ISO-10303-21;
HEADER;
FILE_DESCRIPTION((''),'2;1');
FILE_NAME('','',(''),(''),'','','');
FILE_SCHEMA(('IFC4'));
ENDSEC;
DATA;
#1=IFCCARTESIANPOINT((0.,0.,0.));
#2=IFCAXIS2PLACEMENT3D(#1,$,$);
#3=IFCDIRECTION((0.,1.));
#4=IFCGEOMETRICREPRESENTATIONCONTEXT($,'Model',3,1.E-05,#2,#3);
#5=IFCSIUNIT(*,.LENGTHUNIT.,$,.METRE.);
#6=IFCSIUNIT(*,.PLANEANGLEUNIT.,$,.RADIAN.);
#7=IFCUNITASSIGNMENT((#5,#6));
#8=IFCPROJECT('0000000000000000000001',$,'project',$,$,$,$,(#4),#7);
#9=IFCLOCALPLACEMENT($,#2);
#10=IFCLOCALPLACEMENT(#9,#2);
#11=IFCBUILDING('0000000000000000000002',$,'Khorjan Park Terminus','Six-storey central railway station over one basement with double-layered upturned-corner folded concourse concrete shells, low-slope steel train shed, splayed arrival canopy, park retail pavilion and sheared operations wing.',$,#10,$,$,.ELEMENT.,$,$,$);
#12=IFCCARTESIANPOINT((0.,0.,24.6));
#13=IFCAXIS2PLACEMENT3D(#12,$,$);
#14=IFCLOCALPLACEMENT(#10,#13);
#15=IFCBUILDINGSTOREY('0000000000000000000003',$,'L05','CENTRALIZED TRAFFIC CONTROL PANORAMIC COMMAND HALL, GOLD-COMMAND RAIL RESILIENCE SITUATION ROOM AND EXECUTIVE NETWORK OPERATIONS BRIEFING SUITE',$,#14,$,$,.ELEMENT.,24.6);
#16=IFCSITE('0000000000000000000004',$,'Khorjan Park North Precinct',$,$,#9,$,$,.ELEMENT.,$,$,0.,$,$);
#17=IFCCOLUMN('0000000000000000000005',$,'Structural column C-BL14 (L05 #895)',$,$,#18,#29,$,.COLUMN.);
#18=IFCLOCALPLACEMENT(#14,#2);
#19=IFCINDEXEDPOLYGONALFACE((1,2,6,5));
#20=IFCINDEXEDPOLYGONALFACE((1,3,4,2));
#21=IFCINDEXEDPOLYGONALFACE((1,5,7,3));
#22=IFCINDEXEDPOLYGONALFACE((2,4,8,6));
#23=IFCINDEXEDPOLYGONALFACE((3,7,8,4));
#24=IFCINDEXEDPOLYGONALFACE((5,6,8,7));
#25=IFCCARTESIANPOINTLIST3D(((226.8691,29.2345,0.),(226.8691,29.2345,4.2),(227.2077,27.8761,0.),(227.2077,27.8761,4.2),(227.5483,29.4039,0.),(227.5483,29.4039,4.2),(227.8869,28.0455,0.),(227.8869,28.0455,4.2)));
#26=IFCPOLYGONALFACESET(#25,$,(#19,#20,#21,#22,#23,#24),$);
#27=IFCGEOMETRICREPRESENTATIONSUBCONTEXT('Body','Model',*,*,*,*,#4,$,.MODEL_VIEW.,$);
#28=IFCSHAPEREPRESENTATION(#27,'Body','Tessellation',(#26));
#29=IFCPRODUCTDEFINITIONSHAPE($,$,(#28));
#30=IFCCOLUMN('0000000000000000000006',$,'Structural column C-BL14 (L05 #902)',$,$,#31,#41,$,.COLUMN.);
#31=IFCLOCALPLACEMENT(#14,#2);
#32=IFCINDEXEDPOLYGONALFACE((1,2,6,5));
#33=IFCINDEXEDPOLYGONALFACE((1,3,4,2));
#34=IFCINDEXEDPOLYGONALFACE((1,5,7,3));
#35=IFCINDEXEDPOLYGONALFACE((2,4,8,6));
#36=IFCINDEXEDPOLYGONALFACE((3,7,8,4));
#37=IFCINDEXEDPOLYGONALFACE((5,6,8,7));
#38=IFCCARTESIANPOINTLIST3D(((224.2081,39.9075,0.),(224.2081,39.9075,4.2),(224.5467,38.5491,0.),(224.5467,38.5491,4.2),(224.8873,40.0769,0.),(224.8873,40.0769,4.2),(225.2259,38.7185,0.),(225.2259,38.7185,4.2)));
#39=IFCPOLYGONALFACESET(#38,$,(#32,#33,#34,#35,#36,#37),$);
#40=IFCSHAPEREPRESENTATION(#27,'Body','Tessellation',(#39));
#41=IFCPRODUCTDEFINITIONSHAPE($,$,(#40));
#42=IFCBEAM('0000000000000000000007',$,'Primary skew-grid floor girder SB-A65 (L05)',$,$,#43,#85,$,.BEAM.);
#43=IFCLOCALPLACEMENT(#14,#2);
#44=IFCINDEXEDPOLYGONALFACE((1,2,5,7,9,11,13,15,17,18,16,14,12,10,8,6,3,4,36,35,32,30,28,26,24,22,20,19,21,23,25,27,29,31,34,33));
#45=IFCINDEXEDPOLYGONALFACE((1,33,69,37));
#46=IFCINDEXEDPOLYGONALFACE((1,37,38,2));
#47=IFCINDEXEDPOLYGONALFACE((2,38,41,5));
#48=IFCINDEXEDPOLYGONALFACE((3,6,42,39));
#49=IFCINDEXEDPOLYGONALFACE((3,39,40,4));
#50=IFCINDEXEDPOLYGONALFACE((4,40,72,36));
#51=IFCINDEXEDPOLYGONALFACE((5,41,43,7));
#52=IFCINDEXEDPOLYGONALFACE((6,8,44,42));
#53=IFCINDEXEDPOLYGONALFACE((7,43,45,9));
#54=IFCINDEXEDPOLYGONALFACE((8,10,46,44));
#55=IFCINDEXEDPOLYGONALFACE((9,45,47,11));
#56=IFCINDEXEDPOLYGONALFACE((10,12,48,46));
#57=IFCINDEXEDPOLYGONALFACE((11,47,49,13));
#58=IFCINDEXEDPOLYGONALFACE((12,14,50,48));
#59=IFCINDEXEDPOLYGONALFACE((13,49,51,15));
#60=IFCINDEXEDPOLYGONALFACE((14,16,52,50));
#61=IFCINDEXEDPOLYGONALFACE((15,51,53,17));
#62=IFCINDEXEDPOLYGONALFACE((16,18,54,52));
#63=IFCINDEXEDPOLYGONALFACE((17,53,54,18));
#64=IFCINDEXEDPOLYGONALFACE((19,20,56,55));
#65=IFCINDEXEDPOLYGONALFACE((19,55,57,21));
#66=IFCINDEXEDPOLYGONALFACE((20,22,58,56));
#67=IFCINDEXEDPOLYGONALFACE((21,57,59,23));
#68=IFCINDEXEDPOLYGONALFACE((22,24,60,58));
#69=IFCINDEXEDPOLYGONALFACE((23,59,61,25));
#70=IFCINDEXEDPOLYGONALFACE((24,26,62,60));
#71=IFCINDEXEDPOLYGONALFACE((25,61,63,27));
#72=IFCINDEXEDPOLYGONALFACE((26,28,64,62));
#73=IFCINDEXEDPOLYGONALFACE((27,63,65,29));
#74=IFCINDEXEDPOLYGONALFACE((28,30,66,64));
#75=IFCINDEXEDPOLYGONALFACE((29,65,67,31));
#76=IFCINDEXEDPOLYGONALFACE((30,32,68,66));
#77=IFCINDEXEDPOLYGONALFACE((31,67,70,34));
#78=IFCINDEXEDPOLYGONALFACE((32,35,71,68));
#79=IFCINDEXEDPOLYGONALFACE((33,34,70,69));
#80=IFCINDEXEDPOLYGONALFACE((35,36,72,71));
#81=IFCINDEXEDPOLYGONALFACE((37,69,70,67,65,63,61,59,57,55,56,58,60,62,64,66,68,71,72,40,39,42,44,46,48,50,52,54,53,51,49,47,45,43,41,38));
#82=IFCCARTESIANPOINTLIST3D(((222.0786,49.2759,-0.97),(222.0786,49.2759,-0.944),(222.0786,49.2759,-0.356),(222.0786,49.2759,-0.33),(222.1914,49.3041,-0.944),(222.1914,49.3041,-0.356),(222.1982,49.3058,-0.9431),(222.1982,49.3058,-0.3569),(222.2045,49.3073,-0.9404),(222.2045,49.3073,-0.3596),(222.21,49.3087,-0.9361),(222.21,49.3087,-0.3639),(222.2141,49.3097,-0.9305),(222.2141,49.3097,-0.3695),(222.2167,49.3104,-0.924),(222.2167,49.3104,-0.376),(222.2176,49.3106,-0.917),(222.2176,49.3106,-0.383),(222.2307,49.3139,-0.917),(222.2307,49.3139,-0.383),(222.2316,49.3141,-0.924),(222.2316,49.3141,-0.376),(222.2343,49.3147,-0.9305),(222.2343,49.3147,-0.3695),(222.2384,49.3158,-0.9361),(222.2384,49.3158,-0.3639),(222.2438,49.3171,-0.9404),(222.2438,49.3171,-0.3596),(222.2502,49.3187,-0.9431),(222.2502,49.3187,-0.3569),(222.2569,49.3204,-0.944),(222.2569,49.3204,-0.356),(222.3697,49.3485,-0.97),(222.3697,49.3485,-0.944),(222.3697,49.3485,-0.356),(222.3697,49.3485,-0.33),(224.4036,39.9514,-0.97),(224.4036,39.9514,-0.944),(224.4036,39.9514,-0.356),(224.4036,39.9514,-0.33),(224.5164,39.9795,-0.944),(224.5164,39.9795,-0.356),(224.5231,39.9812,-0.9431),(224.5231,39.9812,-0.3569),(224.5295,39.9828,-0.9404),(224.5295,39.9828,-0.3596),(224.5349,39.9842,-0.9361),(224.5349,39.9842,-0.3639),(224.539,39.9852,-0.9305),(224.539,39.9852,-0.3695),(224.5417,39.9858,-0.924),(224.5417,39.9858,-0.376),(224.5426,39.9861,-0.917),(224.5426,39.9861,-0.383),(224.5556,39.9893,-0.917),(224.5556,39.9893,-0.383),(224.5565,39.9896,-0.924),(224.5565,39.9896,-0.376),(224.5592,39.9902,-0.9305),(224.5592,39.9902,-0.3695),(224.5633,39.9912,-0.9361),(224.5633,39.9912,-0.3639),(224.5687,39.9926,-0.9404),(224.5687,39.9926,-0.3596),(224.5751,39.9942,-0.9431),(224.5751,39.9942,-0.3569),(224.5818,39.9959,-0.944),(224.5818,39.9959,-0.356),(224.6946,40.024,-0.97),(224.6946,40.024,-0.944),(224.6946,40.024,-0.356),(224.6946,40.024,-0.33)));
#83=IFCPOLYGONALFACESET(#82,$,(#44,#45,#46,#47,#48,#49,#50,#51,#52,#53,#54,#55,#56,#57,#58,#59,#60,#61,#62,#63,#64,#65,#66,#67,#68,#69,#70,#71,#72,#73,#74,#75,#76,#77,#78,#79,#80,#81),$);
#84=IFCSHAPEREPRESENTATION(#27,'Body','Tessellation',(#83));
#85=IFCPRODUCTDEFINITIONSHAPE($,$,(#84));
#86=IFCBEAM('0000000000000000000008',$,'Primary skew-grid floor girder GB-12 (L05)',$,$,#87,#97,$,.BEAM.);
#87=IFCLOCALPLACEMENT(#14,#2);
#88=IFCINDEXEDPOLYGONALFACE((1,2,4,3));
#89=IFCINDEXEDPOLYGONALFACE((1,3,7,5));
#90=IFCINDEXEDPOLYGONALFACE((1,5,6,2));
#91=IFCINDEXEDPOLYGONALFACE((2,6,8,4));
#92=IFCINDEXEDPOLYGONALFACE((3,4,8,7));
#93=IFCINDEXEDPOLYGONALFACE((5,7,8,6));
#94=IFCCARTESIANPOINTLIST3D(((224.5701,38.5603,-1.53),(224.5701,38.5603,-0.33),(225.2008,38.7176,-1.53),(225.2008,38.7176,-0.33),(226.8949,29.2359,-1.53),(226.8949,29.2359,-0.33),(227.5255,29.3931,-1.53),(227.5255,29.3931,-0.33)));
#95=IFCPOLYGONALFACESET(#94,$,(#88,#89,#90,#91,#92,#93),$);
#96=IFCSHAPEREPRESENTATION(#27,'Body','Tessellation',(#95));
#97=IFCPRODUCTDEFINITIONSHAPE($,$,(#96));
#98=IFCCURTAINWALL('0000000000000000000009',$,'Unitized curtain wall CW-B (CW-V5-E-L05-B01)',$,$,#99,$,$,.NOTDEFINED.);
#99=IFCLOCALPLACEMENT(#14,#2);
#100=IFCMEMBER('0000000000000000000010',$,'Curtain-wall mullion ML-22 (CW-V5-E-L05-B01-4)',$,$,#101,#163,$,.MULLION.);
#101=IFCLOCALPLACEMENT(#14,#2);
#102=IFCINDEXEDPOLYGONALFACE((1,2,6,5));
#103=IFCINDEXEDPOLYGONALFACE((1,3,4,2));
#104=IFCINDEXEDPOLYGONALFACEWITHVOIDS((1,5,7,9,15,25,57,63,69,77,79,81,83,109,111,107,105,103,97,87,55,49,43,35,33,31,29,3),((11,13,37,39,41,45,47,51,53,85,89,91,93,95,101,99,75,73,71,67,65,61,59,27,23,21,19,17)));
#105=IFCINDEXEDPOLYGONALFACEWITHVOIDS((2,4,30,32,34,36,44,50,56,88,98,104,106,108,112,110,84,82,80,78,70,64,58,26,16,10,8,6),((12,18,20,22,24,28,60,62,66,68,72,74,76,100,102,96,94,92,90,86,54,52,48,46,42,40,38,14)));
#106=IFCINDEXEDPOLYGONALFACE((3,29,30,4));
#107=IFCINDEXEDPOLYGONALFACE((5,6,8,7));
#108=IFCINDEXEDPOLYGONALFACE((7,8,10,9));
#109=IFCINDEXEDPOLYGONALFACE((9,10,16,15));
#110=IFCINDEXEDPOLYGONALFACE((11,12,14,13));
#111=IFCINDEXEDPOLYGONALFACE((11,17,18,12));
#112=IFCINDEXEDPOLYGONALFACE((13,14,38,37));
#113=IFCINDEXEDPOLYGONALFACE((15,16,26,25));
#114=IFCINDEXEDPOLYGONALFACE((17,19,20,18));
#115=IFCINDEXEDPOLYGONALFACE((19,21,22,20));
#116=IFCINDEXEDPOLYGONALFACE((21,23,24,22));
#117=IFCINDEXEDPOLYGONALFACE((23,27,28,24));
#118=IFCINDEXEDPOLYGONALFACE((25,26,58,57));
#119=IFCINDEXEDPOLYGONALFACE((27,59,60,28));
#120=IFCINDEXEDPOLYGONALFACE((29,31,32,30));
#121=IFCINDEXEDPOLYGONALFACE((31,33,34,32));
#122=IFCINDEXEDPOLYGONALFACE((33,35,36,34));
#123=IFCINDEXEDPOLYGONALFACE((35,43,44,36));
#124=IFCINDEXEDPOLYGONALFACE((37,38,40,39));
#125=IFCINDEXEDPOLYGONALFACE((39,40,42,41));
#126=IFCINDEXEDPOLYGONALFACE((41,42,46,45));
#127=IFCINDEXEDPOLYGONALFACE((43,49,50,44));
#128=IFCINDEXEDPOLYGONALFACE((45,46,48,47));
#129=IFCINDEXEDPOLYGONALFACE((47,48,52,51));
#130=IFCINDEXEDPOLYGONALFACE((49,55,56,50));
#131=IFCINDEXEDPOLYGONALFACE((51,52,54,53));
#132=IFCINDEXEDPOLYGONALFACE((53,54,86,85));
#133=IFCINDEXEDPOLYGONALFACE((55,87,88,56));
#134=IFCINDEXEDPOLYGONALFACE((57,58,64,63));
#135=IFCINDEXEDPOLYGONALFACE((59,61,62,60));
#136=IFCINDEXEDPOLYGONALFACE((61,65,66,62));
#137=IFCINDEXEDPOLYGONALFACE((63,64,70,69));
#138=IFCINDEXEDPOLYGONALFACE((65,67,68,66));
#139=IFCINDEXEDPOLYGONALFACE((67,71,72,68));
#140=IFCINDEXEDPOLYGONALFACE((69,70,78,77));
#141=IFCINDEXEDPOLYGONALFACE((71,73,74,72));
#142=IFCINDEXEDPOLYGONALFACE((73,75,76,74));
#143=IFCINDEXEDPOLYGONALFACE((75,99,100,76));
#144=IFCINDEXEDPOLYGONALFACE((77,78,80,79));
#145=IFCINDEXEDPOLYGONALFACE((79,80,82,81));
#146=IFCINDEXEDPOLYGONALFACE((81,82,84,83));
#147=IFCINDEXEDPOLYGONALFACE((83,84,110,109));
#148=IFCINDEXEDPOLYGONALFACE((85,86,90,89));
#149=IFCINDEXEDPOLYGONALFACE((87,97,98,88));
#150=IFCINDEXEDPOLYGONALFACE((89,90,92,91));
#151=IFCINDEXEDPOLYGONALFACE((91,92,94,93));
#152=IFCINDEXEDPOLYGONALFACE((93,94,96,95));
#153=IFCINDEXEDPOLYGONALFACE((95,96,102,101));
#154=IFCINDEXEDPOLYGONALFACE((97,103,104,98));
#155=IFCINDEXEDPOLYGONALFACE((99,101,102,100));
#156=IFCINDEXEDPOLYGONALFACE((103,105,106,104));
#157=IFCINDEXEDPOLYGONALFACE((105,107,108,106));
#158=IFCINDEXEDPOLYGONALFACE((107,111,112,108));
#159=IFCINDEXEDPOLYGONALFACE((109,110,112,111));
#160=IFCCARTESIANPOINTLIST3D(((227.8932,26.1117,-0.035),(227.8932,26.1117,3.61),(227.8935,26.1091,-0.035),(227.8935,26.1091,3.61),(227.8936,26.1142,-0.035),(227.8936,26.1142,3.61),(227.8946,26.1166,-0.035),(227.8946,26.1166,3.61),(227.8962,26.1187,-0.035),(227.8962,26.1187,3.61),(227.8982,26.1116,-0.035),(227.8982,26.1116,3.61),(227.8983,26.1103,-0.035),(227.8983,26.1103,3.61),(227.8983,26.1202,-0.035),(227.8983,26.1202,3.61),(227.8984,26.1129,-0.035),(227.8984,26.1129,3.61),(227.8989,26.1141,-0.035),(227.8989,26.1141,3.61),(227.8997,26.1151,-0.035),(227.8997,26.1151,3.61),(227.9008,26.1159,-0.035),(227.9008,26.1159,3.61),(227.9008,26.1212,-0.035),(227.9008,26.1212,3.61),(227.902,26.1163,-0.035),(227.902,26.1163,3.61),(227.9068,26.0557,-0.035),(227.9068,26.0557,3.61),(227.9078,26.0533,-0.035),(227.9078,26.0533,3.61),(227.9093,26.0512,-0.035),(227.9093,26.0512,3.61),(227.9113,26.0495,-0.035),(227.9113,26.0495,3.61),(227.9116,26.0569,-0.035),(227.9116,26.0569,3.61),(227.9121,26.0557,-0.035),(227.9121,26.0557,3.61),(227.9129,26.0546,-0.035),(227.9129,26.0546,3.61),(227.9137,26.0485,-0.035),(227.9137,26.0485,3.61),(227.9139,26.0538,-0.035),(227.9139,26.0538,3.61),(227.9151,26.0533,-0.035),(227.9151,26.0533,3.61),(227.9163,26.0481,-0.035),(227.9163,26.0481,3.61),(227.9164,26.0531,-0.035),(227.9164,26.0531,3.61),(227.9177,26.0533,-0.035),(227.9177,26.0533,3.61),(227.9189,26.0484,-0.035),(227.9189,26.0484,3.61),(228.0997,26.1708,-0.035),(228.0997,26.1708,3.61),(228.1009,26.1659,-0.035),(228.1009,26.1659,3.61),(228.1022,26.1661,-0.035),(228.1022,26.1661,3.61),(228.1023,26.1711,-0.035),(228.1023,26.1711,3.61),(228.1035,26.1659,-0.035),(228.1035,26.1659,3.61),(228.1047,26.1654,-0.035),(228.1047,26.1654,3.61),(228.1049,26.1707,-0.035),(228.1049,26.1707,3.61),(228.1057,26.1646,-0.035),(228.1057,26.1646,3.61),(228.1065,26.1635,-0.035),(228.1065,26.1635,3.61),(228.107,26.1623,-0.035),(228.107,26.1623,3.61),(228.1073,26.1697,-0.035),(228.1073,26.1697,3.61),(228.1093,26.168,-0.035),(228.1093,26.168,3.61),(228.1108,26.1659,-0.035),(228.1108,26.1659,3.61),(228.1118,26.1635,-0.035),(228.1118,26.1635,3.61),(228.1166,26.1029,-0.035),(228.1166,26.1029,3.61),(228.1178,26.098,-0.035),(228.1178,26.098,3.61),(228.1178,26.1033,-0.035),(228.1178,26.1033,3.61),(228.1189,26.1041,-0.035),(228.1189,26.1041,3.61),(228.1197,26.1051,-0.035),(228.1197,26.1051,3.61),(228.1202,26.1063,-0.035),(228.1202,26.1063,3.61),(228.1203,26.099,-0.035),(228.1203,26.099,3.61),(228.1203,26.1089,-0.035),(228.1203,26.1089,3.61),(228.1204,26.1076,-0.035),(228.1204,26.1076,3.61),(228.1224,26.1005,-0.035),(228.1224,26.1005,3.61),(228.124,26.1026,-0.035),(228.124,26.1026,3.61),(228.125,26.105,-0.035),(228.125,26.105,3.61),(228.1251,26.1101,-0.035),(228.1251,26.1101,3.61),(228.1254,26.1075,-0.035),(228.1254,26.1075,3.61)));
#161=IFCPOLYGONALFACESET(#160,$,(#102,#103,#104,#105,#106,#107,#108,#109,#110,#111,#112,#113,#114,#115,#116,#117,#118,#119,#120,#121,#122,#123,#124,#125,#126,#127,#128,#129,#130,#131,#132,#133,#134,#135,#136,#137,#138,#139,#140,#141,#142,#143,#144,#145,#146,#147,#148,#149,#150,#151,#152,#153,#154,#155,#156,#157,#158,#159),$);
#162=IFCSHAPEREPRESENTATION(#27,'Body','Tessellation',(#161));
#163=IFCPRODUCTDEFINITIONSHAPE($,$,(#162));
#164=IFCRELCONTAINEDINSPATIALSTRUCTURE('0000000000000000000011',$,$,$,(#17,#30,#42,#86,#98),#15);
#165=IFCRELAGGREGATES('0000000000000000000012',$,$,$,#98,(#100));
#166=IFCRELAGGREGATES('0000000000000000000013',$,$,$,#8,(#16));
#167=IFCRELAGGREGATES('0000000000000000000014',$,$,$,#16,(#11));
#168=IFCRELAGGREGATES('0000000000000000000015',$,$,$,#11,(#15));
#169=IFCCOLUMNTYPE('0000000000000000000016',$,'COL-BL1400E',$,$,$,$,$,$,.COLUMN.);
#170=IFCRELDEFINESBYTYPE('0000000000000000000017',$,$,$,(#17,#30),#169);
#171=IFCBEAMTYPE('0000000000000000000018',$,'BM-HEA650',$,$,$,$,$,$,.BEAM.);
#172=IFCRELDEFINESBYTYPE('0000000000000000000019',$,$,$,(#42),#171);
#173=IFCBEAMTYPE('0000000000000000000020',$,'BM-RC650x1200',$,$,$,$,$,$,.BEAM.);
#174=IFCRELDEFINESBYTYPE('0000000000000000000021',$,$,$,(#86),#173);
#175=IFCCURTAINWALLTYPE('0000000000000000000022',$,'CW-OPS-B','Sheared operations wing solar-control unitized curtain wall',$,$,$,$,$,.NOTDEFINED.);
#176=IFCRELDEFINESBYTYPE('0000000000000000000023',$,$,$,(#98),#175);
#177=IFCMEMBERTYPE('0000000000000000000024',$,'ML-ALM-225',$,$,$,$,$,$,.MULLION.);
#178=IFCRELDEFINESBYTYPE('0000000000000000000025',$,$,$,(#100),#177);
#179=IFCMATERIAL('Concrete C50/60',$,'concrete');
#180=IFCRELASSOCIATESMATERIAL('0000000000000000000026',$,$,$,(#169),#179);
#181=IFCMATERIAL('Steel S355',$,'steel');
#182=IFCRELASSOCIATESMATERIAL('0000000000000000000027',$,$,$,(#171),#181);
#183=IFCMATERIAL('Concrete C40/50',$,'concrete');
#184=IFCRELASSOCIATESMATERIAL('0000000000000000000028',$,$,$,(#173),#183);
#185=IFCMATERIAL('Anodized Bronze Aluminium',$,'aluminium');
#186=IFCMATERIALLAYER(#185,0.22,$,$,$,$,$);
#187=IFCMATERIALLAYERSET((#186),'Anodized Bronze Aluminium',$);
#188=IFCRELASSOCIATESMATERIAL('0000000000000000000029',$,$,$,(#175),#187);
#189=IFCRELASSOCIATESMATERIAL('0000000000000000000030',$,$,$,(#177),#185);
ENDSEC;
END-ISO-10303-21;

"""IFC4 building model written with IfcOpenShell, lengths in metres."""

from ifc_helpers import new_model, si_unit, direction, frame, origin, origin_2d, place, context, subcontext, project, spatial, rectangle, hollow_rectangle, i_section, extrude, material, layer, layer_set, material_profile, profile_set, type_object, element, aggregate, save


model = new_model("IFC4")

# Units and contexts
model_context = context("Model", 3, precision=1e-05, world=origin(), true_north=direction((0.0, 1.0)))
body_context = subcontext(model_context, "Body", "Model", "MODEL_VIEW")
ifc_project = project(units=[si_unit("LENGTHUNIT", "METRE"), si_unit("PLANEANGLEUNIT", "RADIAN")], contexts=[model_context])

# Site, building, storey
site_placement = place(None, origin())
site = spatial("IfcSite", under=ifc_project, at=site_placement, Name="Khorjan Park North Precinct", CompositionType="ELEMENT", RefElevation=0.0)
building_placement = place(site_placement, origin())
building = spatial("IfcBuilding", under=site, at=building_placement, Name="Khorjan Park Terminus", Description="Six-storey central railway station over one basement with double-layered upturned-corner folded concourse concrete shells, low-slope steel train shed, splayed arrival canopy, park retail pavilion and sheared operations wing.", CompositionType="ELEMENT")
storey_placement = place(building_placement, frame((0.0, 0.0, 24.6)))
storey = spatial("IfcBuildingStorey", under=building, at=storey_placement, Name="L05", Description="CENTRALIZED TRAFFIC CONTROL PANORAMIC COMMAND HALL, GOLD-COMMAND RAIL RESILIENCE SITUATION ROOM AND EXECUTIVE NETWORK OPERATIONS BRIEFING SUITE", CompositionType="ELEMENT", Elevation=24.6)

# Columns
ifc_material_1 = material(Name="Concrete C50/60", Category="concrete")
ifc_material_profile_1 = material_profile(ifc_material_1, rectangle(XDim=0.7, YDim=1.4, at=origin_2d()), Name="RC 700x1400")
ifc_profile_set_1 = profile_set([ifc_material_profile_1], Name="Concrete C50/60")
column_type = type_object("IfcColumnType", Name="COL-BL1400E", PredefinedType="COLUMN", material=ifc_profile_set_1)
for number, where, z_axis, x_axis, name in (
    (1, (227.378, 28.64, 0.0), (0.0, 0.0, 1.0), (0.970296, 0.241922, 0.0), "Structural column C-BL14 (L05 #895)"),
    (2, (224.717, 39.313, 0.0), (0.0, 0.0, 1.0), (0.970296, 0.241922, 0.0), "Structural column C-BL14 (L05 #902)"),
):
    element("IfcColumn", number, at=place(storey_placement, frame(where, z_axis=z_axis, x_axis=x_axis)), inside=storey, type_object=column_type, Name=name, PredefinedType="COLUMN", context=body_context, shape_type="SweptSolid", body=[
        extrude(rectangle(XDim=0.7, YDim=1.4, at=origin_2d()), origin(), (0.0, 0.0, 1.0), 4.2),
    ])

# Beams
ifc_material_2 = material(Name="Steel S355", Category="steel")
ifc_material_profile_2 = material_profile(ifc_material_2, i_section(OverallWidth=0.3, OverallDepth=0.64, WebThickness=0.0135, FlangeThickness=0.026, FilletRadius=0.027, at=origin_2d()), Name="HEA 650")
ifc_profile_set_2 = profile_set([ifc_material_profile_2], Name="Steel S355")
beam_type_1 = type_object("IfcBeamType", Name="BM-HEA650", PredefinedType="BEAM", material=ifc_profile_set_2)
beam_1_placement = place(storey_placement, frame((224.5491, 39.9877, -0.65), z_axis=(-0.241926, 0.970295, 0.0), x_axis=(-0.970295, -0.241926, 0.0)))
element("IfcBeam", 3, at=beam_1_placement, inside=storey, type_object=beam_type_1, Name="Primary skew-grid floor girder SB-A65 (L05)", PredefinedType="BEAM", context=body_context, shape_type="SweptSolid", body=[
    extrude(i_section(OverallWidth=0.3, OverallDepth=0.64, WebThickness=0.0135, FlangeThickness=0.026, FilletRadius=0.027, at=origin_2d()), origin(), (0.0, 0.0, 1.0), 9.61),
])
ifc_material_3 = material(Name="Concrete C40/50", Category="concrete")
ifc_material_profile_3 = material_profile(ifc_material_3, rectangle(XDim=0.65, YDim=1.2, at=origin_2d()), Name="RC 650x1200")
ifc_profile_set_3 = profile_set([ifc_material_profile_3], Name="Concrete C40/50")
beam_type_2 = type_object("IfcBeamType", Name="BM-RC650x1200", PredefinedType="BEAM", material=ifc_profile_set_3)
beam_2_placement = place(storey_placement, frame((227.2102, 29.3145, -0.93), z_axis=(-0.241916, 0.970297, 0.0), x_axis=(-0.970297, -0.241916, 0.0)))
element("IfcBeam", 4, at=beam_2_placement, inside=storey, type_object=beam_type_2, Name="Primary skew-grid floor girder GB-12 (L05)", PredefinedType="BEAM", context=body_context, shape_type="SweptSolid", body=[
    extrude(rectangle(XDim=0.65, YDim=1.2, at=origin_2d()), origin(), (0.0, 0.0, 1.0), 9.6099),
])

# Curtain wall, member
ifc_material_4 = material(Name="Anodized Bronze Aluminium", Category="aluminium")
ifc_layer_1 = layer(ifc_material_4, 0.22)
ifc_layer_set_1 = layer_set([ifc_layer_1], Name="Anodized Bronze Aluminium")
curtain_wall_type = type_object("IfcCurtainWallType", Name="CW-OPS-B", Description="Sheared operations wing solar-control unitized curtain wall", PredefinedType="NOTDEFINED", material=ifc_layer_set_1)
curtain_wall_1_placement = place(storey_placement, origin())
curtain_wall_1 = element("IfcCurtainWall", 5, at=curtain_wall_1_placement, inside=storey, type_object=curtain_wall_type, Name="Unitized curtain wall CW-B (CW-V5-E-L05-B01)", PredefinedType="NOTDEFINED")
ifc_material_profile_4 = material_profile(ifc_material_4, hollow_rectangle(XDim=0.075, YDim=0.225, WallThickness=0.005, InnerFilletRadius=0.005, OuterFilletRadius=0.01, at=origin_2d()), Name="ALM 75x225x5")
ifc_profile_set_4 = profile_set([ifc_material_profile_4], Name="Anodized Bronze Aluminium")
member_type_1 = type_object("IfcMemberType", Name="ML-ALM-225", PredefinedType="MULLION", material=ifc_profile_set_4)
member_1_placement = place(storey_placement, frame((228.0093, 26.1096, -0.035), z_axis=(0.0, 0.0, 1.0), x_axis=(-0.24192, 0.970296, 0.0)))
member_1 = element("IfcMember", 6, at=member_1_placement, type_object=member_type_1, Name="Curtain-wall mullion ML-22 (CW-V5-E-L05-B01-4)", PredefinedType="MULLION", context=body_context, shape_type="SweptSolid", body=[
    extrude(hollow_rectangle(XDim=0.075, YDim=0.225, WallThickness=0.005, InnerFilletRadius=0.005, OuterFilletRadius=0.01, at=origin_2d()), origin(), (0.0, 0.0, 1.0), 3.645),
])

aggregate(curtain_wall_1, [member_1])

save(model, "model.ifc")
